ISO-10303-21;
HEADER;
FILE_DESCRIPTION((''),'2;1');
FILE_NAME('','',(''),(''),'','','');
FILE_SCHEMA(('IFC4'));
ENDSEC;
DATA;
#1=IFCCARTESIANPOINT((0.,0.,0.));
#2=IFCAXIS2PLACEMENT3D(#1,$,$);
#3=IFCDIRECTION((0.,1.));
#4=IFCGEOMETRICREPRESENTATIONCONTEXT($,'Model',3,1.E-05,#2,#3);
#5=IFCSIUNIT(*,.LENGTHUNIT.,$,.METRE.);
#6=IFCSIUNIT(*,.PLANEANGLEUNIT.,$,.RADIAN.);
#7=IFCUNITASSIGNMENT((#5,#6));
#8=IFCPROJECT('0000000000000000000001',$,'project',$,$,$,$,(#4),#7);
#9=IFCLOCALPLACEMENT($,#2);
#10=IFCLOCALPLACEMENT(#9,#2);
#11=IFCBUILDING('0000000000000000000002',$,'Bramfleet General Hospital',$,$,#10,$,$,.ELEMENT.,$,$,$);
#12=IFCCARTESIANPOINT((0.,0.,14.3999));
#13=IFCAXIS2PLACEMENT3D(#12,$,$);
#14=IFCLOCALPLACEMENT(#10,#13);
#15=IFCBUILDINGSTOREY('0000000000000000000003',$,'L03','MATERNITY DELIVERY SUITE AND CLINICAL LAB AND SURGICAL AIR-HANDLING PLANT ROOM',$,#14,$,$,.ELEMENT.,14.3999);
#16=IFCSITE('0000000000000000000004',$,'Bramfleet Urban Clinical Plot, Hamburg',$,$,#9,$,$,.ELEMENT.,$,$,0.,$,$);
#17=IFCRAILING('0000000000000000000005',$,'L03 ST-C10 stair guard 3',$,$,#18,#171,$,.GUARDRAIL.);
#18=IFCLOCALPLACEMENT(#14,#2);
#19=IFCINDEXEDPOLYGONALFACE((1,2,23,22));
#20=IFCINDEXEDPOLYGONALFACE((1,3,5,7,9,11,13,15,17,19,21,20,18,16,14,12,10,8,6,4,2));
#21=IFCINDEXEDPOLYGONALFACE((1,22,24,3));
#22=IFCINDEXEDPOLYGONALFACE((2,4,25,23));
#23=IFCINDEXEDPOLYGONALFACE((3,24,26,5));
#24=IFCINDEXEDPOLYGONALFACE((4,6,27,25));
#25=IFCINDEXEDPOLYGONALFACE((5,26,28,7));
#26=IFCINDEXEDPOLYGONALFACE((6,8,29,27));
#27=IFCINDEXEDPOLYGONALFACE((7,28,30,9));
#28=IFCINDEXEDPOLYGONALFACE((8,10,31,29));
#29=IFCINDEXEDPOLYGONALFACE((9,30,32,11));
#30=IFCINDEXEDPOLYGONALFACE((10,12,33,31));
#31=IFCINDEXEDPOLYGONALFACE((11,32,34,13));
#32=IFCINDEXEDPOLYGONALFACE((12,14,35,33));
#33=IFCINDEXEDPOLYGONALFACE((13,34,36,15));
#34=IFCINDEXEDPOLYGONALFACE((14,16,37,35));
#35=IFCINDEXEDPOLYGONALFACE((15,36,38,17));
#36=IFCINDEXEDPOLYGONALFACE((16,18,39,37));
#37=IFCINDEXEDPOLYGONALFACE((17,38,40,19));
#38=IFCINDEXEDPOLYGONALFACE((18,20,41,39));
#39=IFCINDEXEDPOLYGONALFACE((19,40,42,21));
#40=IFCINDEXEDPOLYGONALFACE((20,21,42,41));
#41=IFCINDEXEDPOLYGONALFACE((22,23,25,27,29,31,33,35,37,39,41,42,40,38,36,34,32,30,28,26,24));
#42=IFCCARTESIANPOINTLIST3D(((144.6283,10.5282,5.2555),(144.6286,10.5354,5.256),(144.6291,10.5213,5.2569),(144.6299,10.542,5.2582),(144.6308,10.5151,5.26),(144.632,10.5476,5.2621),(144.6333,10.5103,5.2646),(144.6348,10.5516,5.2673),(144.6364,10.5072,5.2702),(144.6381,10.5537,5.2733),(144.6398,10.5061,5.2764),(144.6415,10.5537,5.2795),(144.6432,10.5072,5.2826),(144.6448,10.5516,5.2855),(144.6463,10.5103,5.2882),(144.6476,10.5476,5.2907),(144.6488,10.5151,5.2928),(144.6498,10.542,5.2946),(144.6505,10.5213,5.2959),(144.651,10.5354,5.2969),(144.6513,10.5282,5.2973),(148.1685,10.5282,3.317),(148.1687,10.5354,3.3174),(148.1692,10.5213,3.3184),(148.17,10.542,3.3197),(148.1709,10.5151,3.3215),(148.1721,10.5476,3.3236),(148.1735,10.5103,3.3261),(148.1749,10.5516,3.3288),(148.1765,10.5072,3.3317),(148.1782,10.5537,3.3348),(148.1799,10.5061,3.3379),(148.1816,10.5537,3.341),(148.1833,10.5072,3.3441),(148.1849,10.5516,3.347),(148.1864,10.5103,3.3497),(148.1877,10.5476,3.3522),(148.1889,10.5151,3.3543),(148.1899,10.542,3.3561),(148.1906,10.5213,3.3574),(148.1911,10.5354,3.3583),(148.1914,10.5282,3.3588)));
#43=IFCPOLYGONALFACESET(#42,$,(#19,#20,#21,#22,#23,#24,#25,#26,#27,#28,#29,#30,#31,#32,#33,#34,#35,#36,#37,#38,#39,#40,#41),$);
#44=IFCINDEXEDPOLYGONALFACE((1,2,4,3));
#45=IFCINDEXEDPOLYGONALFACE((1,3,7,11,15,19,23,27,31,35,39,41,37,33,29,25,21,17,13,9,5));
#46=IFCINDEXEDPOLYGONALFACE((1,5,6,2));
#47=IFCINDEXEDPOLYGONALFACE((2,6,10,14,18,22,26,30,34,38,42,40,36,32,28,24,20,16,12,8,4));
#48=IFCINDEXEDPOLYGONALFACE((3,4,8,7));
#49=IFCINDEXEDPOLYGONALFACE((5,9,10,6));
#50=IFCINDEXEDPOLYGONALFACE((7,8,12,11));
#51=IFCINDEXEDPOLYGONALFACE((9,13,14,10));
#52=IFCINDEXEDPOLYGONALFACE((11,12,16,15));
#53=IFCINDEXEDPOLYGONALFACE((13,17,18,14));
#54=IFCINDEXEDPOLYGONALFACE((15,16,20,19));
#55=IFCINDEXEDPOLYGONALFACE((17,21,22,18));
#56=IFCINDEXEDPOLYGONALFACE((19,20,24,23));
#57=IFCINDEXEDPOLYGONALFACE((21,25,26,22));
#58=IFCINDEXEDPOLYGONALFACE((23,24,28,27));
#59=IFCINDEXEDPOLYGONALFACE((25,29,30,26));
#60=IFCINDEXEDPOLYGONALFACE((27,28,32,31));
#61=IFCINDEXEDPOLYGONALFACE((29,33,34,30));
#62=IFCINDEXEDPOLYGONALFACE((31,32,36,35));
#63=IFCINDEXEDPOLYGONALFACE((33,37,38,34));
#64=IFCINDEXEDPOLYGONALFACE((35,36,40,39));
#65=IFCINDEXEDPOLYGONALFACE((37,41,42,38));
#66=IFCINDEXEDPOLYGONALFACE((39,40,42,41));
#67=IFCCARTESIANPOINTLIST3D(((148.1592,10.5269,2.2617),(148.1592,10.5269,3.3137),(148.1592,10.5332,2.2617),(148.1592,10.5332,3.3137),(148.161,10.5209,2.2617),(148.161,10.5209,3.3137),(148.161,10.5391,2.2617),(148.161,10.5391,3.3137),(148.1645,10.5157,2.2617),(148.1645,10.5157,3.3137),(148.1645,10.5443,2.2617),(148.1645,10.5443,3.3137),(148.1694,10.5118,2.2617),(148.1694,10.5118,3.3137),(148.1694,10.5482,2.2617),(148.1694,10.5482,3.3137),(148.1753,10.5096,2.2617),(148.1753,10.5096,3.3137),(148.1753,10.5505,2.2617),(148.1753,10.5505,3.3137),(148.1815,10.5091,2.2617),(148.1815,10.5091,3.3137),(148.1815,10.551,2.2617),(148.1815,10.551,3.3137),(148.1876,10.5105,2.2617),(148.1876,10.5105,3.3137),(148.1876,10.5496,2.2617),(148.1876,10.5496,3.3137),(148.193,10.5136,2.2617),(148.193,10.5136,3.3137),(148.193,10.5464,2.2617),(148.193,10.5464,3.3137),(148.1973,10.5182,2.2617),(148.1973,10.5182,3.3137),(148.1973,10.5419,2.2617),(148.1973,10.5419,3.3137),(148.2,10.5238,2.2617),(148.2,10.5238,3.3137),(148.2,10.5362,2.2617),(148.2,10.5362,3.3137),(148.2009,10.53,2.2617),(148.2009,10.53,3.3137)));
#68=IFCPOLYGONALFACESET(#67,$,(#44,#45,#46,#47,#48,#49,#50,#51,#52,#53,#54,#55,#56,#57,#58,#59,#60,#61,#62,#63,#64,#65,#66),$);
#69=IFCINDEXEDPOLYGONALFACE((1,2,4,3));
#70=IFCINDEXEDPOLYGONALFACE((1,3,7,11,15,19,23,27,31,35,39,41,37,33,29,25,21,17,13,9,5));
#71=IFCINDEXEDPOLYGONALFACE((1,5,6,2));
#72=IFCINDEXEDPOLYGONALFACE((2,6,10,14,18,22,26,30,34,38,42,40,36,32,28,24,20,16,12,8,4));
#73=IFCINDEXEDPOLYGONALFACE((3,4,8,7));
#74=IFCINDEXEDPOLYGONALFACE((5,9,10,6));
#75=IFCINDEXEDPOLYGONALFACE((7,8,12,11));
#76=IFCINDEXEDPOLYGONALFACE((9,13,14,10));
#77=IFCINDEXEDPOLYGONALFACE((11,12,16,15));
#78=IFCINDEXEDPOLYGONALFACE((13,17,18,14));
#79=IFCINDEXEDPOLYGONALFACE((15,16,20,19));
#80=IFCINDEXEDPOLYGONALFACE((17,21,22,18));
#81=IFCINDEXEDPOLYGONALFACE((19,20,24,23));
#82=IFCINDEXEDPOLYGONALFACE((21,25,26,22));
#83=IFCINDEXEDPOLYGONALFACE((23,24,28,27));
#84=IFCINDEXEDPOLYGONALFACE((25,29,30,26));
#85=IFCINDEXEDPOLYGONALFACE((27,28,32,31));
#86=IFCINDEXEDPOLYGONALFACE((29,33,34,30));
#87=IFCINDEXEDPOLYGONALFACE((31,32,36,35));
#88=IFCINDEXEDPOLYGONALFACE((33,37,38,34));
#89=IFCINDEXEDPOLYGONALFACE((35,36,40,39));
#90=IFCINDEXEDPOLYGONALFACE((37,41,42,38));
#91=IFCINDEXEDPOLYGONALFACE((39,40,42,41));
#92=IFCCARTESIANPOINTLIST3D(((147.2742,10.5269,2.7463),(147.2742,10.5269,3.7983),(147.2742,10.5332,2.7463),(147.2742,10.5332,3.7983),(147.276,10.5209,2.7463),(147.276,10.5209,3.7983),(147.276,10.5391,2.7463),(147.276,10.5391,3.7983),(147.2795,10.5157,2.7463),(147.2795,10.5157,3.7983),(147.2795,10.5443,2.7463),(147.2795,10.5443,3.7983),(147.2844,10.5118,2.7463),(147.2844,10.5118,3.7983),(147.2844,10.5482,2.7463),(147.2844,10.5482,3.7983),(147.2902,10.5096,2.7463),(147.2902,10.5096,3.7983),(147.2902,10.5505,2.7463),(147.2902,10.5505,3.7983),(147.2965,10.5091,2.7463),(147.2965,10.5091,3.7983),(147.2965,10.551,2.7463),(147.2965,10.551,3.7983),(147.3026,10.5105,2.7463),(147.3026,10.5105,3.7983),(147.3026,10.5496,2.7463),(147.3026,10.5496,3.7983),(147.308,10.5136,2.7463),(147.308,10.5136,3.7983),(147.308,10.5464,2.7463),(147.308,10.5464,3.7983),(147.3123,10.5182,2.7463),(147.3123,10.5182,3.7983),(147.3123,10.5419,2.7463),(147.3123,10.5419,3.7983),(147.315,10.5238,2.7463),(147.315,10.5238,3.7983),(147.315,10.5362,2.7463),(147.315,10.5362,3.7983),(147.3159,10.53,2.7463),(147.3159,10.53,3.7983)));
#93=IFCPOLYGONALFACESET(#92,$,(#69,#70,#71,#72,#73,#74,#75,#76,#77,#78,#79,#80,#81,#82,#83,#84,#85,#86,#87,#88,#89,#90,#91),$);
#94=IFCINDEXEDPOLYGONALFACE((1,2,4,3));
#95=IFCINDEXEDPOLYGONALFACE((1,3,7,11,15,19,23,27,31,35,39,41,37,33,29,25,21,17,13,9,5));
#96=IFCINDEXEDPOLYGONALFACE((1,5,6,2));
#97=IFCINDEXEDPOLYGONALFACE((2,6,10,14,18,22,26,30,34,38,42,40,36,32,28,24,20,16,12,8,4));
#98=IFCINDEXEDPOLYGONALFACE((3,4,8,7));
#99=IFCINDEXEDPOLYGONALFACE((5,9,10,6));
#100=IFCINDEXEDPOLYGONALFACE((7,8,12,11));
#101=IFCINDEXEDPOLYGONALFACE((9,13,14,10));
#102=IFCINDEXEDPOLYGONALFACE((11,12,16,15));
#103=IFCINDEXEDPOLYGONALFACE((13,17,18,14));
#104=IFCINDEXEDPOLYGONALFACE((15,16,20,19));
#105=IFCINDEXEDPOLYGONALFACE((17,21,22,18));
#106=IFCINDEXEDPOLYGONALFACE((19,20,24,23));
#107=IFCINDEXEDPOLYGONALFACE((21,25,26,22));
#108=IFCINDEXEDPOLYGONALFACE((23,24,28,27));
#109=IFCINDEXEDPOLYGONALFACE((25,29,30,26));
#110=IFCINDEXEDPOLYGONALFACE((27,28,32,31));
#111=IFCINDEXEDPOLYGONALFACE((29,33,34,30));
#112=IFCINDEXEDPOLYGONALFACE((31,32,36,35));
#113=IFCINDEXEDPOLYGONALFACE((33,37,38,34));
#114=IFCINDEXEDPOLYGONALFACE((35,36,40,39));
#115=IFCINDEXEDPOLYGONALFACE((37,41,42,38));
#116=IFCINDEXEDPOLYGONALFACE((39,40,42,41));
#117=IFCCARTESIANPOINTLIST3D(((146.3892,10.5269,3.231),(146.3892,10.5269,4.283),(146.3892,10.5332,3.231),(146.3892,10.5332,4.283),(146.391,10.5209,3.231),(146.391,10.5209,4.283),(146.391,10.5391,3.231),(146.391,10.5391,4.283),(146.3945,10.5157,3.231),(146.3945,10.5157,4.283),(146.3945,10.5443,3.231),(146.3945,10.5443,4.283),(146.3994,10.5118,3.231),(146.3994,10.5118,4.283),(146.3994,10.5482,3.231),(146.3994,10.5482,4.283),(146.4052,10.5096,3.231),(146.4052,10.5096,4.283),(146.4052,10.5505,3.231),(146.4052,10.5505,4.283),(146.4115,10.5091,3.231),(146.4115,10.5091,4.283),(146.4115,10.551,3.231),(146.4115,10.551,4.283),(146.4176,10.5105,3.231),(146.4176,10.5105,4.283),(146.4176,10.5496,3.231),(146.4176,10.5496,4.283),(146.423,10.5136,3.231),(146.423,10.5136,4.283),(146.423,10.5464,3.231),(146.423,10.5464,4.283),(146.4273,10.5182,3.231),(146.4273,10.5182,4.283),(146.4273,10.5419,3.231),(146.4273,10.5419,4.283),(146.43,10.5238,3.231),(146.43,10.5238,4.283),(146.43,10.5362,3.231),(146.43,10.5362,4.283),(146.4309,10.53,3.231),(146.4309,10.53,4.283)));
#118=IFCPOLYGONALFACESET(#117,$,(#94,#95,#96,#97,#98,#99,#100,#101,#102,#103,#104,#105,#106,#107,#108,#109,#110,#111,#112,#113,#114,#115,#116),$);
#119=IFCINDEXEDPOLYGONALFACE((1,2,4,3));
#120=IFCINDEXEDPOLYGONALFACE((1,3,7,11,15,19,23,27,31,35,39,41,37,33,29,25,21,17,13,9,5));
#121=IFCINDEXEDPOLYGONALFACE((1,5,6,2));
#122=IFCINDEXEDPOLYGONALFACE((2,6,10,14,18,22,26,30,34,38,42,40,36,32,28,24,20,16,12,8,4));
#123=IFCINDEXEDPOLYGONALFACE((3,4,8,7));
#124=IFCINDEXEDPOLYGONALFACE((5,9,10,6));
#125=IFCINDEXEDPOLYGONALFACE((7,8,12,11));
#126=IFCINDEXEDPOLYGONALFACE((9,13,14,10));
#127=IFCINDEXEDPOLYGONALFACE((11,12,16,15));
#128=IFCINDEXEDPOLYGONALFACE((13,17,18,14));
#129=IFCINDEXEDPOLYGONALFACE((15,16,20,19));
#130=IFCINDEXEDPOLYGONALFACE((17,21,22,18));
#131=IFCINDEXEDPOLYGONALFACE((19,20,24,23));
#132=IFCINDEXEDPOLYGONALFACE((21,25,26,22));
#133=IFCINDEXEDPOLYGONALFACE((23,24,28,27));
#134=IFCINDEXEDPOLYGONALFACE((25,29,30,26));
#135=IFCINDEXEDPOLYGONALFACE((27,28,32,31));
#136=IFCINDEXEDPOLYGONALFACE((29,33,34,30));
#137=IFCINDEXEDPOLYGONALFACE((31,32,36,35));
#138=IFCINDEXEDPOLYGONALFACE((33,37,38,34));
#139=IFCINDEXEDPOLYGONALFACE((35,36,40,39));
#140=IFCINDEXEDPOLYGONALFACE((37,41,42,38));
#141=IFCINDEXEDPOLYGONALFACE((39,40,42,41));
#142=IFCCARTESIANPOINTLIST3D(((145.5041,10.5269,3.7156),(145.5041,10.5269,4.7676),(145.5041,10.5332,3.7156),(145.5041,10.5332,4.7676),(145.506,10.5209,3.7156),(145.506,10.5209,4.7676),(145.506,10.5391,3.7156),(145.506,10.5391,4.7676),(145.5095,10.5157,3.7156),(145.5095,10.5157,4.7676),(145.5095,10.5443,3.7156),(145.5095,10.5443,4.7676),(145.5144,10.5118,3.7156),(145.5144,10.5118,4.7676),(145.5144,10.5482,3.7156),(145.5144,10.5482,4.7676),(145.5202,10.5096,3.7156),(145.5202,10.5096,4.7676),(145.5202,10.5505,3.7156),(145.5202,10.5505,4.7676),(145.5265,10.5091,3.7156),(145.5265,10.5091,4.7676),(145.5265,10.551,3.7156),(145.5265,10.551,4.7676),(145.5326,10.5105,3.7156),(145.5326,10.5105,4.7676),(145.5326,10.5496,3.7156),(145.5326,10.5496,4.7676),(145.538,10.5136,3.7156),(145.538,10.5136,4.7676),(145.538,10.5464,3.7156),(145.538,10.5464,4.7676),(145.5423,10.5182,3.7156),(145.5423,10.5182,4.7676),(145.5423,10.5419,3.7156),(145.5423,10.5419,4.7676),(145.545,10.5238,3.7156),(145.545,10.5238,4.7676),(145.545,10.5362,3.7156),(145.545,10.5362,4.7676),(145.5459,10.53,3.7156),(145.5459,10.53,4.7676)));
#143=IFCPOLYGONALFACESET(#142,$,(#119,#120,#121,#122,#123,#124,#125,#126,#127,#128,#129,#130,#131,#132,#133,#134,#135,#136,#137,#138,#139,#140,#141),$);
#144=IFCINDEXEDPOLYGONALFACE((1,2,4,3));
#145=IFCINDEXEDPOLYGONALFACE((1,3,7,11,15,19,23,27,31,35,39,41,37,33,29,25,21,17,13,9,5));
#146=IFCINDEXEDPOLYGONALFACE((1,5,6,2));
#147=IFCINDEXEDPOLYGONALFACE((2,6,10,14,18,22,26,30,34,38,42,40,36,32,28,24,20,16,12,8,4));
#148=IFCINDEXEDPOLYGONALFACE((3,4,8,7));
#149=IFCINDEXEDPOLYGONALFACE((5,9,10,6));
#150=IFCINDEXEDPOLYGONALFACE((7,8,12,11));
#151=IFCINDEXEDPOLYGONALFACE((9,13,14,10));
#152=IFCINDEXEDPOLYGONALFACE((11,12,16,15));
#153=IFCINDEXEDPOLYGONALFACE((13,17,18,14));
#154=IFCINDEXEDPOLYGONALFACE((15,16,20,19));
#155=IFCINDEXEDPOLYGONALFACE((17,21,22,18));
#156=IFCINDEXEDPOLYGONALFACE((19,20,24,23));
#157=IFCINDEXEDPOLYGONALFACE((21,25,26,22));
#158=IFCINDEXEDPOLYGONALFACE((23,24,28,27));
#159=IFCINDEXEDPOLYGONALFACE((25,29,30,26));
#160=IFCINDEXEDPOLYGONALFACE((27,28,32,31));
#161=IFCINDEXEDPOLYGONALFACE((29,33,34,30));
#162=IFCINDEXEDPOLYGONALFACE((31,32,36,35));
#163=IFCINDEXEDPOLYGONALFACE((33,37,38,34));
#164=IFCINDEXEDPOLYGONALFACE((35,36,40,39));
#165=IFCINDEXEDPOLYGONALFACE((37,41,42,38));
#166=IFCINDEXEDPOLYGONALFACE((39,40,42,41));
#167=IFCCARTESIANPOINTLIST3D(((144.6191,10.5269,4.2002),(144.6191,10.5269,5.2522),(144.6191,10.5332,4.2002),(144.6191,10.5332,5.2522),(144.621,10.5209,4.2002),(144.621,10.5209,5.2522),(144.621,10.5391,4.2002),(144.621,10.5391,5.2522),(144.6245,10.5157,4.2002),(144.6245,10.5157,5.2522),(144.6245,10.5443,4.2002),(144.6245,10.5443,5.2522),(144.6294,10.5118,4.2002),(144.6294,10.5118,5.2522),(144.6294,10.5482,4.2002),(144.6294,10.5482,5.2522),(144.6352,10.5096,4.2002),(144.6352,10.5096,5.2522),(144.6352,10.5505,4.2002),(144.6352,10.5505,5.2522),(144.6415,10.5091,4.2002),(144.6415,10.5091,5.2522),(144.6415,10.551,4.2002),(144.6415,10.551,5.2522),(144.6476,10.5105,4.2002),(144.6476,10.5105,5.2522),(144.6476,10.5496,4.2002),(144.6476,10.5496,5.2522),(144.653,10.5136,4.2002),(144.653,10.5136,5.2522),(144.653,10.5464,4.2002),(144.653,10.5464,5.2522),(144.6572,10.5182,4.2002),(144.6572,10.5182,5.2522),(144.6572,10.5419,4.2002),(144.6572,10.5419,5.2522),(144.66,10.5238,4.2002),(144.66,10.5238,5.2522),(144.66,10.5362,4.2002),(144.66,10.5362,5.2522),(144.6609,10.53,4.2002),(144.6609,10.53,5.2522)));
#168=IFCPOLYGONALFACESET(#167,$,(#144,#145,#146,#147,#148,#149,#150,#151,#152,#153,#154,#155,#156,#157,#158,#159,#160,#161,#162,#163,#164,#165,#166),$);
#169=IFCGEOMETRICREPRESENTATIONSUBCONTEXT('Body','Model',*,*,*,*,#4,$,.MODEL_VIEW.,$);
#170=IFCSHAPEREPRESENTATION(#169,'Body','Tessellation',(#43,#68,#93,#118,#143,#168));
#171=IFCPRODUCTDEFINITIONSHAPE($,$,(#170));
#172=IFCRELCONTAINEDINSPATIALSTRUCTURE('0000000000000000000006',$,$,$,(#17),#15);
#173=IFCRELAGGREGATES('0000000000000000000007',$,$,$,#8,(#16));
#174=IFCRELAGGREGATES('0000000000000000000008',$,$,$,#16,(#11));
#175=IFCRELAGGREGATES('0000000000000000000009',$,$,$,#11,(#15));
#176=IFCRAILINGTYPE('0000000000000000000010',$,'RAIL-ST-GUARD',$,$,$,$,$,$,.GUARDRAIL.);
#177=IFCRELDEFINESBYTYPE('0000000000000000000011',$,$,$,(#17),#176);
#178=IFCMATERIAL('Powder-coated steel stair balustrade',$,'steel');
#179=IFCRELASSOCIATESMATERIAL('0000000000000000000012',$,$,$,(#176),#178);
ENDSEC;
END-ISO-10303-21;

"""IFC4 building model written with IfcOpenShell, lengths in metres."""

from ifc_helpers import new_model, si_unit, direction, frame, origin, origin_2d, place, context, subcontext, project, spatial, circle, extrude, material, type_object, element, save


model = new_model("IFC4")

# Units and contexts
model_context = context("Model", 3, precision=1e-05, world=origin(), true_north=direction((0.0, 1.0)))
body_context = subcontext(model_context, "Body", "Model", "MODEL_VIEW")
ifc_project = project(units=[si_unit("LENGTHUNIT", "METRE"), si_unit("PLANEANGLEUNIT", "RADIAN")], contexts=[model_context])

# Site, building, storey
site_placement = place(None, origin())
site = spatial("IfcSite", under=ifc_project, at=site_placement, Name="Bramfleet Urban Clinical Plot, Hamburg", CompositionType="ELEMENT", RefElevation=0.0)
building_placement = place(site_placement, origin())
building = spatial("IfcBuilding", under=site, at=building_placement, Name="Bramfleet General Hospital", CompositionType="ELEMENT")
storey_placement = place(building_placement, frame((0.0, 0.0, 14.3999)))
storey = spatial("IfcBuildingStorey", under=building, at=storey_placement, Name="L03", Description="MATERNITY DELIVERY SUITE AND CLINICAL LAB AND SURGICAL AIR-HANDLING PLANT ROOM", CompositionType="ELEMENT", Elevation=14.3999)

# Railing
ifc_material_1 = material(Name="Powder-coated steel stair balustrade", Category="steel")
railing_type_1 = type_object("IfcRailingType", Name="RAIL-ST-GUARD", PredefinedType="GUARDRAIL", material=ifc_material_1)
railing_1_placement = place(storey_placement, frame((148.1799, 10.53, 2.2617)))
element("IfcRailing", 1, at=railing_1_placement, inside=storey, type_object=railing_type_1, Name="L03 ST-C10 stair guard 3", PredefinedType="GUARDRAIL", context=body_context, shape_type="SweptSolid", body=[
    extrude(circle(Radius=0.0239, at=origin_2d()), frame((0.0, 0.0, 1.0762), z_axis=(-0.877108, 0.0, 0.480292), x_axis=(0.0, -1.0, 0.0)), (0.0, 0.0, 1.0), 4.0361),
    extrude(circle(Radius=0.021, at=origin_2d()), origin(), (0.0, 0.0, 1.0), 1.052),
    extrude(circle(Radius=0.021, at=origin_2d()), frame((-0.885, 0.0, 0.4846)), (0.0, 0.0, 1.0), 1.052),
    extrude(circle(Radius=0.021, at=origin_2d()), frame((-1.77, 0.0, 0.9692)), (0.0, 0.0, 1.0), 1.052),
    extrude(circle(Radius=0.021, at=origin_2d()), frame((-2.655, 0.0, 1.4539)), (0.0, 0.0, 1.0), 1.052),
    extrude(circle(Radius=0.021, at=origin_2d()), frame((-3.54, 0.0, 1.9385)), (0.0, 0.0, 1.0), 1.052),
])

save(model, "model.ifc")
